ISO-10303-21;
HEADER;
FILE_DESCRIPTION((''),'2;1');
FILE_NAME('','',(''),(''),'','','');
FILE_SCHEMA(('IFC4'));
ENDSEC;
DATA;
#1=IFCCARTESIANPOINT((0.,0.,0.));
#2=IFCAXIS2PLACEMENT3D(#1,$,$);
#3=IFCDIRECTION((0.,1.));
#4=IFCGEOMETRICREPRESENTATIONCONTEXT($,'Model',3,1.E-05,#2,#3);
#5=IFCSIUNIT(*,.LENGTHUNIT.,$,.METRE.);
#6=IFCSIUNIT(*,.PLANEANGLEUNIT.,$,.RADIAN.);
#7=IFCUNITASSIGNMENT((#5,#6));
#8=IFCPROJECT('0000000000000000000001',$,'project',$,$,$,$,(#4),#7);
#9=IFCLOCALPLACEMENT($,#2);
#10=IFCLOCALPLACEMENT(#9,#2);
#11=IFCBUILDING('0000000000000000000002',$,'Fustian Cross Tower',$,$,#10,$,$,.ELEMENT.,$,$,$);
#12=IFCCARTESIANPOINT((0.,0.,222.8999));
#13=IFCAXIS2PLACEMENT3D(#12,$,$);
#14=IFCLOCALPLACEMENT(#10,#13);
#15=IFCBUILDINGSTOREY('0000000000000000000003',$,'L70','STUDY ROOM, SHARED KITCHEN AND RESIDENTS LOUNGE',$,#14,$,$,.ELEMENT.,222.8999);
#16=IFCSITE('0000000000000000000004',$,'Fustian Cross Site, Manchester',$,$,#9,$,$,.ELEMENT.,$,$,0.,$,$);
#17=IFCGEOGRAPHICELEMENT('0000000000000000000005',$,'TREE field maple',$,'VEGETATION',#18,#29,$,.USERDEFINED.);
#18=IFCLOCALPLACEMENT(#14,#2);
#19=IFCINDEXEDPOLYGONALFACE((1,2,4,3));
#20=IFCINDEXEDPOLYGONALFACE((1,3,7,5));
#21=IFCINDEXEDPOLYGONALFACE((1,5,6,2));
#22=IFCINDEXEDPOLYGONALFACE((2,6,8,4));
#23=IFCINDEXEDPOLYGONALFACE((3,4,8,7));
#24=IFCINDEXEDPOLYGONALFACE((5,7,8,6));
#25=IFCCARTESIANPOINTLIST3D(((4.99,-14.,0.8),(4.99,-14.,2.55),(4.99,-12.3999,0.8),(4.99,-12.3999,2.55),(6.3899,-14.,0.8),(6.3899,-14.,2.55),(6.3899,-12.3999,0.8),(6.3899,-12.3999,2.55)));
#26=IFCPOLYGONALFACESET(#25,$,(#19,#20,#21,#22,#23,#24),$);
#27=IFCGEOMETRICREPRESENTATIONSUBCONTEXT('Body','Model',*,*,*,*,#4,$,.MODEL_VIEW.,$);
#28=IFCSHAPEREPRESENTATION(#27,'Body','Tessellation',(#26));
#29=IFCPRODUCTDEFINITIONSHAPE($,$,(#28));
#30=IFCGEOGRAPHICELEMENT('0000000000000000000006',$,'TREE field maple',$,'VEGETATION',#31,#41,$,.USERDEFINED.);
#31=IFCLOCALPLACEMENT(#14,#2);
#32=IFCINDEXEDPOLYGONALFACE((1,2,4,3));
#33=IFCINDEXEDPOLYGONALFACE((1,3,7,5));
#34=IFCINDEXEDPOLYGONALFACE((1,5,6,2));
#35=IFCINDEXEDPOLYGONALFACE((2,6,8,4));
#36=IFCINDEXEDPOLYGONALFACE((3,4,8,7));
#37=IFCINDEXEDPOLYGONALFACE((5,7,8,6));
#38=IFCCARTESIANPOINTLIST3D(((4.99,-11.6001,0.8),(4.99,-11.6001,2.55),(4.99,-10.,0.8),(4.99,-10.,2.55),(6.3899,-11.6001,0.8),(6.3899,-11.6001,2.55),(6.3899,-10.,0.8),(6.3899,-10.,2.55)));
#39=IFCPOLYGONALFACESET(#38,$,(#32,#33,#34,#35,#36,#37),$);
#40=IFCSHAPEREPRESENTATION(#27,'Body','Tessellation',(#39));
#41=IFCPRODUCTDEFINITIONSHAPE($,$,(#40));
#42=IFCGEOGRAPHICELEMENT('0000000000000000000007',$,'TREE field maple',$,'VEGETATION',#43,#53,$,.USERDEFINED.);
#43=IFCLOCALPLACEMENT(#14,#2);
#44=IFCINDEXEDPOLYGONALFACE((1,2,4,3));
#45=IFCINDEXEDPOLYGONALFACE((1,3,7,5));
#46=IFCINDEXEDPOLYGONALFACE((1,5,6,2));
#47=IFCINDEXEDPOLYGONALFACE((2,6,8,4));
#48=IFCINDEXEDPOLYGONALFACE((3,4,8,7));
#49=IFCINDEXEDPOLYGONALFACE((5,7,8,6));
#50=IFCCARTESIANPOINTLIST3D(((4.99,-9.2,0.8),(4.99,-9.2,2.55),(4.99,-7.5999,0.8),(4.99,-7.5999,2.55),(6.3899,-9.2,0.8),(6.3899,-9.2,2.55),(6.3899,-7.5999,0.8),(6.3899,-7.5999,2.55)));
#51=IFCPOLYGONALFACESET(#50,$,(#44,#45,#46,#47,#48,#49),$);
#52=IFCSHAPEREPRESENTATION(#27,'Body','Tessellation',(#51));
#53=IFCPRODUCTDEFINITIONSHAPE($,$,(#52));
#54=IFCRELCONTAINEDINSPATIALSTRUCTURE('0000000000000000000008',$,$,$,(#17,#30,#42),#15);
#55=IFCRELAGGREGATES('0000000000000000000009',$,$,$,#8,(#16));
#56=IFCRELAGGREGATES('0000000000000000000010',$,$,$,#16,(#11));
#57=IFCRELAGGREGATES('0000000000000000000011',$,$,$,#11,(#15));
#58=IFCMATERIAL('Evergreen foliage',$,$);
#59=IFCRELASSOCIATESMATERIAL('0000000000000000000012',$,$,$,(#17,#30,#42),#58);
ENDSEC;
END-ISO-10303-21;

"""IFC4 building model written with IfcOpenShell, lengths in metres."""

from ifc_helpers import new_model, si_unit, direction, frame, origin, origin_2d, place, context, subcontext, project, spatial, rectangle, extrude, material, element, save


model = new_model("IFC4")

# Units and contexts
model_context = context("Model", 3, precision=1e-05, world=origin(), true_north=direction((0.0, 1.0)))
body_context = subcontext(model_context, "Body", "Model", "MODEL_VIEW")
ifc_project = project(units=[si_unit("LENGTHUNIT", "METRE"), si_unit("PLANEANGLEUNIT", "RADIAN")], contexts=[model_context])

# Site, building, storey
site_placement = place(None, origin())
site = spatial("IfcSite", under=ifc_project, at=site_placement, Name="Fustian Cross Site, Manchester", CompositionType="ELEMENT", RefElevation=0.0)
building_placement = place(site_placement, origin())
building = spatial("IfcBuilding", under=site, at=building_placement, Name="Fustian Cross Tower", CompositionType="ELEMENT")
storey_placement = place(building_placement, frame((0.0, 0.0, 222.8999)))
storey = spatial("IfcBuildingStorey", under=building, at=storey_placement, Name="L70", Description="STUDY ROOM, SHARED KITCHEN AND RESIDENTS LOUNGE", CompositionType="ELEMENT", Elevation=222.8999)

# Geographic elements
ifc_material_1 = material(Name="Evergreen foliage")
for number, where, z_axis, x_axis, name in (
    (1, (5.6899, -13.2, 0.8), (0.0, 0.0, 1.0), (1.0, 0.0, 0.0), "TREE field maple"),
    (2, (5.6899, -10.8, 0.8), (0.0, 0.0, 1.0), (1.0, 0.0, 0.0), "TREE field maple"),
    (3, (5.6899, -8.3999, 0.8), (0.0, 0.0, 1.0), (1.0, 0.0, 0.0), "TREE field maple"),
):
    element("IfcGeographicElement", number, at=place(storey_placement, frame(where, z_axis=z_axis, x_axis=x_axis)), inside=storey, material=ifc_material_1, Name=name, ObjectType="VEGETATION", PredefinedType="USERDEFINED", context=body_context, shape_type="SweptSolid", body=[
        extrude(rectangle(XDim=1.3999, YDim=1.6001, at=origin_2d()), origin(), (0.0, 0.0, 1.0), 1.75),
    ])

save(model, "model.ifc")
